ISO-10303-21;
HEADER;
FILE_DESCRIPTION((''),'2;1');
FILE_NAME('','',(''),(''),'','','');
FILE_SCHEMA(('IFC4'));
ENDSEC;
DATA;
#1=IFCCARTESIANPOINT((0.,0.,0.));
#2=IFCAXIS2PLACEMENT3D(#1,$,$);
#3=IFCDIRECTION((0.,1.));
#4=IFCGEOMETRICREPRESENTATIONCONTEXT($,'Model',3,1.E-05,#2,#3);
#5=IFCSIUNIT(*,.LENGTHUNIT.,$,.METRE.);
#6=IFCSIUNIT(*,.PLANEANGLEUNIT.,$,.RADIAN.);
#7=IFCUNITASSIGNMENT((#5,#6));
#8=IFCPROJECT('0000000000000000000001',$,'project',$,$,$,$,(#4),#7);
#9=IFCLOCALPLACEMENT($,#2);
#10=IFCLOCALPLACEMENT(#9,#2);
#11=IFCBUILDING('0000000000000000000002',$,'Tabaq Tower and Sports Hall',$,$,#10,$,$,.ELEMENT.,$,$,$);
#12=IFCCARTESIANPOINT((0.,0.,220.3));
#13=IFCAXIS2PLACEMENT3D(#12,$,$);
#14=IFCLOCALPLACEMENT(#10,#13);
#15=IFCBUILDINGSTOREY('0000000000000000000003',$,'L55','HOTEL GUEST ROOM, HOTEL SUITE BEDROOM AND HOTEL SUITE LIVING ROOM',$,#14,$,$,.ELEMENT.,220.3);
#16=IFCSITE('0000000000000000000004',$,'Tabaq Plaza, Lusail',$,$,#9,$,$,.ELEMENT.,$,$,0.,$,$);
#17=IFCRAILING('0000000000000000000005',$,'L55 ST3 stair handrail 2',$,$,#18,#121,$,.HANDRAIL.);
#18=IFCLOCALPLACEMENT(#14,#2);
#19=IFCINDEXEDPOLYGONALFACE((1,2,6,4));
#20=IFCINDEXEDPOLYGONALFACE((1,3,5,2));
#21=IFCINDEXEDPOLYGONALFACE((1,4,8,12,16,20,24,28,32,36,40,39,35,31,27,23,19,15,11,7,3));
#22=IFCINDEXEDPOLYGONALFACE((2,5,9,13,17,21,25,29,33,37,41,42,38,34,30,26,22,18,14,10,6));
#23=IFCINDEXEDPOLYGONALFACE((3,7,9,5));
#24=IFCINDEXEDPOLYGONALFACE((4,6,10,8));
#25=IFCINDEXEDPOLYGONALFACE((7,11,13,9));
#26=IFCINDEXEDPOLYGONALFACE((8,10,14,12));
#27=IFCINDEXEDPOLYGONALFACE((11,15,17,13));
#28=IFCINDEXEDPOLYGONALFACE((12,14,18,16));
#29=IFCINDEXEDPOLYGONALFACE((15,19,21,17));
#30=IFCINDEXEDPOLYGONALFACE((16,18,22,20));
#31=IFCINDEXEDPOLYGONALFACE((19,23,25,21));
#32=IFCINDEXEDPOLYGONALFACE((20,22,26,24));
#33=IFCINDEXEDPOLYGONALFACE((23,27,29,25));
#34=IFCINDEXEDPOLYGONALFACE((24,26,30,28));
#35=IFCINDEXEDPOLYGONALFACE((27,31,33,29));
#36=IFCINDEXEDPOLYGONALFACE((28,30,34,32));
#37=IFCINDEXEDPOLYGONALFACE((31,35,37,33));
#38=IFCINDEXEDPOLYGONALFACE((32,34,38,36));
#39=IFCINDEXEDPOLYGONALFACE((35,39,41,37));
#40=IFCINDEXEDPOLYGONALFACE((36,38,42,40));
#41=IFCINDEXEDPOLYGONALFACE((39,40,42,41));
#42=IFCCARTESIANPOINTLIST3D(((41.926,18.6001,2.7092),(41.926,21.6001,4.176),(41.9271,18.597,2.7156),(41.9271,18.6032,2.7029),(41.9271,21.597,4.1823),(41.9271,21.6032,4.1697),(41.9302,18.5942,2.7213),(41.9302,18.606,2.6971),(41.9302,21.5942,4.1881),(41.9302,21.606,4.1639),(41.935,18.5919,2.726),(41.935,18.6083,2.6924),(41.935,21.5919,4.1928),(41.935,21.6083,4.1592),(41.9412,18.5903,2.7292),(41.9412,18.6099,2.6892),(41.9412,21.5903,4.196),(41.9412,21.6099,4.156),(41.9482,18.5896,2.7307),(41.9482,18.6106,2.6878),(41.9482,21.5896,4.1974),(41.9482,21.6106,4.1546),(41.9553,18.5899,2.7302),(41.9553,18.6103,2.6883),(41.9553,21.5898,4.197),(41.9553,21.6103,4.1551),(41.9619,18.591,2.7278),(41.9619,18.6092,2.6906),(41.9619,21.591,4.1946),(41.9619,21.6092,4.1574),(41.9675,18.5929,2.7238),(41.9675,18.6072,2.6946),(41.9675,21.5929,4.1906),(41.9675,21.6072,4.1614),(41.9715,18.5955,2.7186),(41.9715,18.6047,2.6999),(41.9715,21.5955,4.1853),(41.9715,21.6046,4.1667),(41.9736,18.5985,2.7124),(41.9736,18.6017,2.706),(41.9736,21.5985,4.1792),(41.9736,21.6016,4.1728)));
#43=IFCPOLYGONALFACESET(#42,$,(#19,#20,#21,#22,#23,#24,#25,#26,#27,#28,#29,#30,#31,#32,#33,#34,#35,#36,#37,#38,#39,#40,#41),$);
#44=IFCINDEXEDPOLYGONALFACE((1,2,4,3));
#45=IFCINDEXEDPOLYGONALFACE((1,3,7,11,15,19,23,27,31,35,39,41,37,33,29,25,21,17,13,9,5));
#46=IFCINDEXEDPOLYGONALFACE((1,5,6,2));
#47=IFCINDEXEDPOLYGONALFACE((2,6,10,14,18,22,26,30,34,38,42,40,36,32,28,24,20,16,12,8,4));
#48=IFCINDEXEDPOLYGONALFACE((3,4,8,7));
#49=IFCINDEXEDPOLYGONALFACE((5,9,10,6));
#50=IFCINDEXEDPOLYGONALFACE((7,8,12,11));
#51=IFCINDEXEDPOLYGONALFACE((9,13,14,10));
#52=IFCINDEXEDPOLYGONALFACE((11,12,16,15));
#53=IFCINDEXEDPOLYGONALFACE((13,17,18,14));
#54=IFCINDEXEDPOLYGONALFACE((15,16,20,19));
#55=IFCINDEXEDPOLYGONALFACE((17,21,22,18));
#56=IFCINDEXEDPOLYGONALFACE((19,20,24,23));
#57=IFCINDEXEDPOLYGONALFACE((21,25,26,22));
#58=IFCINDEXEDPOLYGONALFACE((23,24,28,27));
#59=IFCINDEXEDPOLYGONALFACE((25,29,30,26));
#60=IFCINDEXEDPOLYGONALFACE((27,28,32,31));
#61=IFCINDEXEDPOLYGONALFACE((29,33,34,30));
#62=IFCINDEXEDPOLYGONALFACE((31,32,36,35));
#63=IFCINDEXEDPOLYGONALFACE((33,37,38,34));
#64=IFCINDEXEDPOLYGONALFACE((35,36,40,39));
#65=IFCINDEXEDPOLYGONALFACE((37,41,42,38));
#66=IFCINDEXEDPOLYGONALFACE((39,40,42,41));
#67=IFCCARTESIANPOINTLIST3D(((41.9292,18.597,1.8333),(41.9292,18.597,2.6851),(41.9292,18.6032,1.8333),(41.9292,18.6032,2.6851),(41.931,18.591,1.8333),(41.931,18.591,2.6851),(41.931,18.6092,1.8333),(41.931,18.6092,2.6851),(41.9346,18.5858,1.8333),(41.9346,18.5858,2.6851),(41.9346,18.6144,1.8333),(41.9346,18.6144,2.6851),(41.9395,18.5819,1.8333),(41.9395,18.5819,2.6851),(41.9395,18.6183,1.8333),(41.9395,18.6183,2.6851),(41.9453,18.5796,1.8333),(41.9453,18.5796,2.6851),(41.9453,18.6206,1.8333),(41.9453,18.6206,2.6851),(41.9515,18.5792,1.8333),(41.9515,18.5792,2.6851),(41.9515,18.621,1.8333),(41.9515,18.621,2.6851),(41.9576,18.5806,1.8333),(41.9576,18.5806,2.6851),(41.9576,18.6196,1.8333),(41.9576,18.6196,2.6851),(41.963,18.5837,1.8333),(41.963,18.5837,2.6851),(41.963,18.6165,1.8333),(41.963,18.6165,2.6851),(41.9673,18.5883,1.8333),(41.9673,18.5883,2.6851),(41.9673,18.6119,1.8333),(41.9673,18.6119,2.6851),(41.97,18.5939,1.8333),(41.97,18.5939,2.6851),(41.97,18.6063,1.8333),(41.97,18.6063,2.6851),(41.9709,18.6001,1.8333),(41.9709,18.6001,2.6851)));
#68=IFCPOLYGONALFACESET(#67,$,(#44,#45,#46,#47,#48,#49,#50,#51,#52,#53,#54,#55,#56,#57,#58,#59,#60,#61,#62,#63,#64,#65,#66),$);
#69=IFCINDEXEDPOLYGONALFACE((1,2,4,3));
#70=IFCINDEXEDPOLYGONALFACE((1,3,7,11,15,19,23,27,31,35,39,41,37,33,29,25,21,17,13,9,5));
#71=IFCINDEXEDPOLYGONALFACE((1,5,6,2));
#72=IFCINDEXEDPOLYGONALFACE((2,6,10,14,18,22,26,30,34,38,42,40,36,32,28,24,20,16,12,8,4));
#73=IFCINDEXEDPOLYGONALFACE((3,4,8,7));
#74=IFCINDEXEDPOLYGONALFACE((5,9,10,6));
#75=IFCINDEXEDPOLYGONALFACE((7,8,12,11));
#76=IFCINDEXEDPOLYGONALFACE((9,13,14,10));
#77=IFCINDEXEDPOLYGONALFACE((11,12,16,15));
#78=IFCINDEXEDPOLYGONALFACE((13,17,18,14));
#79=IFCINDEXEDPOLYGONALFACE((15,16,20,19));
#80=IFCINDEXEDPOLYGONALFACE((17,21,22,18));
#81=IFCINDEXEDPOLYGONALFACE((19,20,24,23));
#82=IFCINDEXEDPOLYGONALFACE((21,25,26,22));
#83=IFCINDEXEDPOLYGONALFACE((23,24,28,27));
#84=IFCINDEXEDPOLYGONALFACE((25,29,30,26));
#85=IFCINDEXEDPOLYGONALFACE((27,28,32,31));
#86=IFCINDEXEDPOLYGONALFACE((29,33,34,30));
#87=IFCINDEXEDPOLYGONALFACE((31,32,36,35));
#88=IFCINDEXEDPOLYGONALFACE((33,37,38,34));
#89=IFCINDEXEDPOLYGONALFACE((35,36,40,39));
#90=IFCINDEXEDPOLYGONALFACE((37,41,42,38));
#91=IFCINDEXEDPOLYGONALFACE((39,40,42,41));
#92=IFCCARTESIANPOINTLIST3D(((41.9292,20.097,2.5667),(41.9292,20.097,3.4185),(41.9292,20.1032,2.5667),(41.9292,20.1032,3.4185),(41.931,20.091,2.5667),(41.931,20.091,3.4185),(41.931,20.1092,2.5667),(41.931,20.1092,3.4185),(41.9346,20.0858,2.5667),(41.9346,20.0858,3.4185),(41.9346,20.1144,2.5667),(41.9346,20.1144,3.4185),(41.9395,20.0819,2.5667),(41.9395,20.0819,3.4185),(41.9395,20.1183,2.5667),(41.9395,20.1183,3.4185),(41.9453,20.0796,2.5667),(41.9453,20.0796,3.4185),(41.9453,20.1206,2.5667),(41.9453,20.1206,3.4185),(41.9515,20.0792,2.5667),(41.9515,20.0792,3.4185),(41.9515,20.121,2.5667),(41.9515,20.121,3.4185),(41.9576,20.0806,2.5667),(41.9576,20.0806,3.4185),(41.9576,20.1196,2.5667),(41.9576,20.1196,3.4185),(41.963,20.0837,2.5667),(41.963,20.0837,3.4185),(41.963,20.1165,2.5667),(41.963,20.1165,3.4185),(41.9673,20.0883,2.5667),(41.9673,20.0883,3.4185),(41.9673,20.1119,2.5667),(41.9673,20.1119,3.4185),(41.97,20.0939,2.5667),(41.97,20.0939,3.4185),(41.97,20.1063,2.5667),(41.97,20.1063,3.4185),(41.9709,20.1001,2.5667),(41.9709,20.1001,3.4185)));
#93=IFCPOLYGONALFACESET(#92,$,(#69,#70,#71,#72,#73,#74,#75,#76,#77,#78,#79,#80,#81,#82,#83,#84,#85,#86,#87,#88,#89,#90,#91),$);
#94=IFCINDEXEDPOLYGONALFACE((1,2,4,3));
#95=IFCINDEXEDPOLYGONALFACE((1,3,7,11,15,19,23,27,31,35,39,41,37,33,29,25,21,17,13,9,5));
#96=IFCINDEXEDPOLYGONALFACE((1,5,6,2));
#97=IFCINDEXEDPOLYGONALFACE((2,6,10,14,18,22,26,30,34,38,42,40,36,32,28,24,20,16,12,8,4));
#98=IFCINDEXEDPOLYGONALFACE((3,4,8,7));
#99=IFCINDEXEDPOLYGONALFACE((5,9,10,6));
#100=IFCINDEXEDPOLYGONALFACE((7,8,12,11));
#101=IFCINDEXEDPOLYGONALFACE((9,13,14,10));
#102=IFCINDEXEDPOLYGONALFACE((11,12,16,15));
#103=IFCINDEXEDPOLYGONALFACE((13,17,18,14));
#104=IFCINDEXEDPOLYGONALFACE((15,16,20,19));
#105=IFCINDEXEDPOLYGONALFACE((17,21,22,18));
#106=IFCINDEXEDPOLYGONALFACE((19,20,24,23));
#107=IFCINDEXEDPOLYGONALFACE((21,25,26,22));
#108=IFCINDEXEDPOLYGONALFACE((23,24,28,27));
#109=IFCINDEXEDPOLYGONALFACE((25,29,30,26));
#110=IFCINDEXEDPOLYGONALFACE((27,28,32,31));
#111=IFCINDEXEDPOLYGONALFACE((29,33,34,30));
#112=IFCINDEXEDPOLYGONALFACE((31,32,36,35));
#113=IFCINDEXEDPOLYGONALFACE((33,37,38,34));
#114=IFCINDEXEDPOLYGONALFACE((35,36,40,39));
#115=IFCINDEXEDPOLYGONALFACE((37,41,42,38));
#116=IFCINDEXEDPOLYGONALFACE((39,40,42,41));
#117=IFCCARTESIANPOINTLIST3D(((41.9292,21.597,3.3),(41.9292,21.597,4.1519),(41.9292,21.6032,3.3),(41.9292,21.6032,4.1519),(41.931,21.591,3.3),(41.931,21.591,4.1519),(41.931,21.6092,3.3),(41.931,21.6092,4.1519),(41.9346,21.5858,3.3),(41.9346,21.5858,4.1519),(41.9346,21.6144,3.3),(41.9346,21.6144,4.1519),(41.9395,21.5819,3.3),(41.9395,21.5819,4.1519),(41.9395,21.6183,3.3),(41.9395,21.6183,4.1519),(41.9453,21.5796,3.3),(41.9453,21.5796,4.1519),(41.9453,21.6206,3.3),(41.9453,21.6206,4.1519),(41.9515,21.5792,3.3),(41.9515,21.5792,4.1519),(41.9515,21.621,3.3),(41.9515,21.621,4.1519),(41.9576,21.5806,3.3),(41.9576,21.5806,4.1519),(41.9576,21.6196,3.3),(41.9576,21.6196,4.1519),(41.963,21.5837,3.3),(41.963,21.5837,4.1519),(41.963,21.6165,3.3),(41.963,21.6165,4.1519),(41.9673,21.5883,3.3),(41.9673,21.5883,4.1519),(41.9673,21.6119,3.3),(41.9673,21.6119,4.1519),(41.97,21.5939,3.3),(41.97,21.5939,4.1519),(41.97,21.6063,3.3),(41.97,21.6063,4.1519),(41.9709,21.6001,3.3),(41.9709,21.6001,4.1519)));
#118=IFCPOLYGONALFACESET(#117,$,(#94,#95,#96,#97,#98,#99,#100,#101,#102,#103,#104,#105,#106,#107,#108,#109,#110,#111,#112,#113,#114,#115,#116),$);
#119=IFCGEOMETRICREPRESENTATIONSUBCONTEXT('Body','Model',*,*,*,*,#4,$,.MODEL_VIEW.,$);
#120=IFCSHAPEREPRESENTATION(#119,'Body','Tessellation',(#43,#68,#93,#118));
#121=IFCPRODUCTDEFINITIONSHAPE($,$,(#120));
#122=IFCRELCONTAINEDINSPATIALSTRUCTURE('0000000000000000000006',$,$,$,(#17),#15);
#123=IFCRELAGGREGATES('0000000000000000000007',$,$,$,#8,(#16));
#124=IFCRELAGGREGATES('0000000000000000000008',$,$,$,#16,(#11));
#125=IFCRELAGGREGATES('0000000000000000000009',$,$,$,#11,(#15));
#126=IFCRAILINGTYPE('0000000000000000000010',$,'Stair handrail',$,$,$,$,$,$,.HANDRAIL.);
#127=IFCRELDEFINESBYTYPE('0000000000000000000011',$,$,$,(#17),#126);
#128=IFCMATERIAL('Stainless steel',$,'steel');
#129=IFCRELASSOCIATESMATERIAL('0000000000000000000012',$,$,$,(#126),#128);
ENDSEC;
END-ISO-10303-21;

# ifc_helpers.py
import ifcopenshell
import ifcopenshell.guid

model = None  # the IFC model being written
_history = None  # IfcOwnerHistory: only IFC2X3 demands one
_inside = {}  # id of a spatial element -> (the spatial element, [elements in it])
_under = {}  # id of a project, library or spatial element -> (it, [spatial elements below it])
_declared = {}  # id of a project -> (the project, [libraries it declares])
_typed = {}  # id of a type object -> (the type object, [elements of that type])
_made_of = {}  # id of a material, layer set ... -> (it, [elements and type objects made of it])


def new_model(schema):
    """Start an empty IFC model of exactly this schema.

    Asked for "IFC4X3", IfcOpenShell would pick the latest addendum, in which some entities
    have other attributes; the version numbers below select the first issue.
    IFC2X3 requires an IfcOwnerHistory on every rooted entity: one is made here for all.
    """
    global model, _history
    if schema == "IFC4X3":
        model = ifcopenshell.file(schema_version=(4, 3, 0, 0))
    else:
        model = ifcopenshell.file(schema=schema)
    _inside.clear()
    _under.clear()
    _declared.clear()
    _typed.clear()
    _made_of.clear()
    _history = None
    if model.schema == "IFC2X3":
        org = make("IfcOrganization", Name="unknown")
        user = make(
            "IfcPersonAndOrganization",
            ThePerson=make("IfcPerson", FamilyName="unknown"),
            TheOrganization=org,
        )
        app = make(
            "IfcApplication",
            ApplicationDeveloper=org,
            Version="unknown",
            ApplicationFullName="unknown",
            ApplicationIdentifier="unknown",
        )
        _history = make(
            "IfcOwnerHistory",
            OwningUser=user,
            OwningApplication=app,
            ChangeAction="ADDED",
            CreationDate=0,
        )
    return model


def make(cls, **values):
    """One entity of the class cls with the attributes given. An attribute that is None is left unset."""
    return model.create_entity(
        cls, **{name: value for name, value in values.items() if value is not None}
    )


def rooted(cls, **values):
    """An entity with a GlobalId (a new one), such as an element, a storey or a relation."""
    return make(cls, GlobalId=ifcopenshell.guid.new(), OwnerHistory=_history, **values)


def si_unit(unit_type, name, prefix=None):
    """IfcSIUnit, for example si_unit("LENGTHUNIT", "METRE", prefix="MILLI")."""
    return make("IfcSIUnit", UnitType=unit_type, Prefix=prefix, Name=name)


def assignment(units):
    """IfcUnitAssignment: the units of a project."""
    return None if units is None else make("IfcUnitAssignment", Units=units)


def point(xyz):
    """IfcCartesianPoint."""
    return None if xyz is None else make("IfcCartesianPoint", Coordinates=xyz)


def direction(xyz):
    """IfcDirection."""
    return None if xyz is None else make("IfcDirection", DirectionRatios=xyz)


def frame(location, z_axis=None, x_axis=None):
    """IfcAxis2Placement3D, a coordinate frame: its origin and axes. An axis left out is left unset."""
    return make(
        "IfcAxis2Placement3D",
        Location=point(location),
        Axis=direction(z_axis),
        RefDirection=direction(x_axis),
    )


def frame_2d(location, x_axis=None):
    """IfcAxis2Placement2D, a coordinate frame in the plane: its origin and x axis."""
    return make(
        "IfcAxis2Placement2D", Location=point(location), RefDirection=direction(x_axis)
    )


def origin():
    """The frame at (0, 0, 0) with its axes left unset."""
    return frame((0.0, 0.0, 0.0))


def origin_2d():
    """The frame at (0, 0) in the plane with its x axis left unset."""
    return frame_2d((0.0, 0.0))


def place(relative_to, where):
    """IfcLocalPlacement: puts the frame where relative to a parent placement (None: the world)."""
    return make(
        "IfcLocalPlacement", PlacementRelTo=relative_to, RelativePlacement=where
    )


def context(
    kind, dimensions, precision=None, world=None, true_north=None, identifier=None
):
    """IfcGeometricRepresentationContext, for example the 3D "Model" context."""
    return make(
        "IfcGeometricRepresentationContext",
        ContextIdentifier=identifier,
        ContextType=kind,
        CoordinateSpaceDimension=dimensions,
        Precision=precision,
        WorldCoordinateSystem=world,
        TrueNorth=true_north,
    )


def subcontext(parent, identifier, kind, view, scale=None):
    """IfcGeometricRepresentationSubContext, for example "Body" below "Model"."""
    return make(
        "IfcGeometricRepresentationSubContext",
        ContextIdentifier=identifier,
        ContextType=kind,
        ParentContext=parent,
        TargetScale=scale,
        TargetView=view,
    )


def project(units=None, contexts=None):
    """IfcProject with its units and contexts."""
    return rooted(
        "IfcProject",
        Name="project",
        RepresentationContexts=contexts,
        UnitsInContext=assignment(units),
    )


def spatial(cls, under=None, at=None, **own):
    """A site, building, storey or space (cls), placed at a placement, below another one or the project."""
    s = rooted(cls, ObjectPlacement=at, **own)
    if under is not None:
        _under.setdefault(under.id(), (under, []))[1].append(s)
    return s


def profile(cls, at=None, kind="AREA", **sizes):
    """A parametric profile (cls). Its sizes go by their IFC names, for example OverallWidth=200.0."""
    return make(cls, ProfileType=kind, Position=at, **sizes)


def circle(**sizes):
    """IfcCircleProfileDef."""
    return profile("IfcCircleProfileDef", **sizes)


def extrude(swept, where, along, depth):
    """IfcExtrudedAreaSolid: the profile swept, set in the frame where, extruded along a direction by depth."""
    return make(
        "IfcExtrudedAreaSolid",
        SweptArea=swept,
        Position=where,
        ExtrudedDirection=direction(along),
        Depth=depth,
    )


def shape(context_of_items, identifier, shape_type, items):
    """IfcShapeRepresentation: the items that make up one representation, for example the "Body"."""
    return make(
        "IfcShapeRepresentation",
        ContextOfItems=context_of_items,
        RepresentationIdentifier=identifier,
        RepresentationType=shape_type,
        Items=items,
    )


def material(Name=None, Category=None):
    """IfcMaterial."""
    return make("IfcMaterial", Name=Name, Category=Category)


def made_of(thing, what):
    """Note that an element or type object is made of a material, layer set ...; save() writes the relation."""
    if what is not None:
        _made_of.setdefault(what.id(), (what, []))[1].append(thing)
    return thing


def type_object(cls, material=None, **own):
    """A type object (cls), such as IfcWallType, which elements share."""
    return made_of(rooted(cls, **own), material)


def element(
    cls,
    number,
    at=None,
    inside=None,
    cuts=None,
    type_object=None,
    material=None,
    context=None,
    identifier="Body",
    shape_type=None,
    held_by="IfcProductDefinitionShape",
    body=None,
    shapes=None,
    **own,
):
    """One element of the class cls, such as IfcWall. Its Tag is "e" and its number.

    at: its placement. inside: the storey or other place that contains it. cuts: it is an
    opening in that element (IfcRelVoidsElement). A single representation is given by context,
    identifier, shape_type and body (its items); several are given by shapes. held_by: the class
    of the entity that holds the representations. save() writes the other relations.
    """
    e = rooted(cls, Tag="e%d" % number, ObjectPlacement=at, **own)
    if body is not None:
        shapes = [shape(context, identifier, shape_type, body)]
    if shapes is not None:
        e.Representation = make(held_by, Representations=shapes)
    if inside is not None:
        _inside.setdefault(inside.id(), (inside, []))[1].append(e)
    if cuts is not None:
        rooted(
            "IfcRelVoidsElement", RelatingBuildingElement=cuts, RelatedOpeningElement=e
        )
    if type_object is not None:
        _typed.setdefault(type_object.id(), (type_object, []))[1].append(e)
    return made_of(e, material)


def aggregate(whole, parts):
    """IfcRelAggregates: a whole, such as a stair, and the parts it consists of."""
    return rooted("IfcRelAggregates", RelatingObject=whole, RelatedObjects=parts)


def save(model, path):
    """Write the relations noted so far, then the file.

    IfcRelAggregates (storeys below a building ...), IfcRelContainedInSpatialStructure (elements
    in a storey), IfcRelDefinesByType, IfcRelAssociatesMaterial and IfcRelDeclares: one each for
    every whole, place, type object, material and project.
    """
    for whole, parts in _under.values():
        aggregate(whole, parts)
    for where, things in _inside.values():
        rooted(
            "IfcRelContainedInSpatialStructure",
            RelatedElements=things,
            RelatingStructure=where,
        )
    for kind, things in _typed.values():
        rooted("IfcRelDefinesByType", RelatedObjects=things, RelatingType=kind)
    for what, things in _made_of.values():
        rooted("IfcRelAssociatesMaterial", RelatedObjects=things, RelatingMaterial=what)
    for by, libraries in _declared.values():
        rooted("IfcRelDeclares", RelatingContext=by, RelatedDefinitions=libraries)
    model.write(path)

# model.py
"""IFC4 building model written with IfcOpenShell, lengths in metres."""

from ifc_helpers import new_model, si_unit, direction, frame, origin, origin_2d, place, context, subcontext, project, spatial, circle, extrude, material, type_object, element, save


model = new_model("IFC4")

# Units and contexts
model_context = context("Model", 3, precision=1e-05, world=origin(), true_north=direction((0.0, 1.0)))
body_context = subcontext(model_context, "Body", "Model", "MODEL_VIEW")
ifc_project = project(units=[si_unit("LENGTHUNIT", "METRE"), si_unit("PLANEANGLEUNIT", "RADIAN")], contexts=[model_context])

# Site, building, storey
site_placement = place(None, origin())
site = spatial("IfcSite", under=ifc_project, at=site_placement, Name="Tabaq Plaza, Lusail", CompositionType="ELEMENT", RefElevation=0.0)
building_placement = place(site_placement, origin())
building = spatial("IfcBuilding", under=site, at=building_placement, Name="Tabaq Tower and Sports Hall", CompositionType="ELEMENT")
storey_placement = place(building_placement, frame((0.0, 0.0, 220.3)))
storey = spatial("IfcBuildingStorey", under=building, at=storey_placement, Name="L55", Description="HOTEL GUEST ROOM, HOTEL SUITE BEDROOM AND HOTEL SUITE LIVING ROOM", CompositionType="ELEMENT", Elevation=220.3)

# Railing
ifc_material_1 = material(Name="Stainless steel", Category="steel")
railing_type_1 = type_object("IfcRailingType", Name="Stair handrail", PredefinedType="HANDRAIL", material=ifc_material_1)
railing_1_placement = place(storey_placement, frame((41.95, 18.6001, 1.8333)))
element("IfcRailing", 1, at=railing_1_placement, inside=storey, type_object=railing_type_1, Name="L55 ST3 stair handrail 2", PredefinedType="HANDRAIL", context=body_context, shape_type="SweptSolid", body=[
    extrude(circle(Radius=0.0239, at=origin_2d()), frame((0.0, 0.0, 0.876), z_axis=(0.0, 0.898369, 0.439242), x_axis=(-1.0, 0.0, 0.0)), (0.0, 0.0, 1.0), 3.3394),
    extrude(circle(Radius=0.021, at=origin_2d()), origin(), (0.0, 0.0, 1.0), 0.8518),
    extrude(circle(Radius=0.021, at=origin_2d()), frame((0.0, 1.5, 0.7334)), (0.0, 0.0, 1.0), 0.8518),
    extrude(circle(Radius=0.021, at=origin_2d()), frame((0.0, 3.0, 1.4668)), (0.0, 0.0, 1.0), 0.8518),
])

save(model, "model.ifc")
